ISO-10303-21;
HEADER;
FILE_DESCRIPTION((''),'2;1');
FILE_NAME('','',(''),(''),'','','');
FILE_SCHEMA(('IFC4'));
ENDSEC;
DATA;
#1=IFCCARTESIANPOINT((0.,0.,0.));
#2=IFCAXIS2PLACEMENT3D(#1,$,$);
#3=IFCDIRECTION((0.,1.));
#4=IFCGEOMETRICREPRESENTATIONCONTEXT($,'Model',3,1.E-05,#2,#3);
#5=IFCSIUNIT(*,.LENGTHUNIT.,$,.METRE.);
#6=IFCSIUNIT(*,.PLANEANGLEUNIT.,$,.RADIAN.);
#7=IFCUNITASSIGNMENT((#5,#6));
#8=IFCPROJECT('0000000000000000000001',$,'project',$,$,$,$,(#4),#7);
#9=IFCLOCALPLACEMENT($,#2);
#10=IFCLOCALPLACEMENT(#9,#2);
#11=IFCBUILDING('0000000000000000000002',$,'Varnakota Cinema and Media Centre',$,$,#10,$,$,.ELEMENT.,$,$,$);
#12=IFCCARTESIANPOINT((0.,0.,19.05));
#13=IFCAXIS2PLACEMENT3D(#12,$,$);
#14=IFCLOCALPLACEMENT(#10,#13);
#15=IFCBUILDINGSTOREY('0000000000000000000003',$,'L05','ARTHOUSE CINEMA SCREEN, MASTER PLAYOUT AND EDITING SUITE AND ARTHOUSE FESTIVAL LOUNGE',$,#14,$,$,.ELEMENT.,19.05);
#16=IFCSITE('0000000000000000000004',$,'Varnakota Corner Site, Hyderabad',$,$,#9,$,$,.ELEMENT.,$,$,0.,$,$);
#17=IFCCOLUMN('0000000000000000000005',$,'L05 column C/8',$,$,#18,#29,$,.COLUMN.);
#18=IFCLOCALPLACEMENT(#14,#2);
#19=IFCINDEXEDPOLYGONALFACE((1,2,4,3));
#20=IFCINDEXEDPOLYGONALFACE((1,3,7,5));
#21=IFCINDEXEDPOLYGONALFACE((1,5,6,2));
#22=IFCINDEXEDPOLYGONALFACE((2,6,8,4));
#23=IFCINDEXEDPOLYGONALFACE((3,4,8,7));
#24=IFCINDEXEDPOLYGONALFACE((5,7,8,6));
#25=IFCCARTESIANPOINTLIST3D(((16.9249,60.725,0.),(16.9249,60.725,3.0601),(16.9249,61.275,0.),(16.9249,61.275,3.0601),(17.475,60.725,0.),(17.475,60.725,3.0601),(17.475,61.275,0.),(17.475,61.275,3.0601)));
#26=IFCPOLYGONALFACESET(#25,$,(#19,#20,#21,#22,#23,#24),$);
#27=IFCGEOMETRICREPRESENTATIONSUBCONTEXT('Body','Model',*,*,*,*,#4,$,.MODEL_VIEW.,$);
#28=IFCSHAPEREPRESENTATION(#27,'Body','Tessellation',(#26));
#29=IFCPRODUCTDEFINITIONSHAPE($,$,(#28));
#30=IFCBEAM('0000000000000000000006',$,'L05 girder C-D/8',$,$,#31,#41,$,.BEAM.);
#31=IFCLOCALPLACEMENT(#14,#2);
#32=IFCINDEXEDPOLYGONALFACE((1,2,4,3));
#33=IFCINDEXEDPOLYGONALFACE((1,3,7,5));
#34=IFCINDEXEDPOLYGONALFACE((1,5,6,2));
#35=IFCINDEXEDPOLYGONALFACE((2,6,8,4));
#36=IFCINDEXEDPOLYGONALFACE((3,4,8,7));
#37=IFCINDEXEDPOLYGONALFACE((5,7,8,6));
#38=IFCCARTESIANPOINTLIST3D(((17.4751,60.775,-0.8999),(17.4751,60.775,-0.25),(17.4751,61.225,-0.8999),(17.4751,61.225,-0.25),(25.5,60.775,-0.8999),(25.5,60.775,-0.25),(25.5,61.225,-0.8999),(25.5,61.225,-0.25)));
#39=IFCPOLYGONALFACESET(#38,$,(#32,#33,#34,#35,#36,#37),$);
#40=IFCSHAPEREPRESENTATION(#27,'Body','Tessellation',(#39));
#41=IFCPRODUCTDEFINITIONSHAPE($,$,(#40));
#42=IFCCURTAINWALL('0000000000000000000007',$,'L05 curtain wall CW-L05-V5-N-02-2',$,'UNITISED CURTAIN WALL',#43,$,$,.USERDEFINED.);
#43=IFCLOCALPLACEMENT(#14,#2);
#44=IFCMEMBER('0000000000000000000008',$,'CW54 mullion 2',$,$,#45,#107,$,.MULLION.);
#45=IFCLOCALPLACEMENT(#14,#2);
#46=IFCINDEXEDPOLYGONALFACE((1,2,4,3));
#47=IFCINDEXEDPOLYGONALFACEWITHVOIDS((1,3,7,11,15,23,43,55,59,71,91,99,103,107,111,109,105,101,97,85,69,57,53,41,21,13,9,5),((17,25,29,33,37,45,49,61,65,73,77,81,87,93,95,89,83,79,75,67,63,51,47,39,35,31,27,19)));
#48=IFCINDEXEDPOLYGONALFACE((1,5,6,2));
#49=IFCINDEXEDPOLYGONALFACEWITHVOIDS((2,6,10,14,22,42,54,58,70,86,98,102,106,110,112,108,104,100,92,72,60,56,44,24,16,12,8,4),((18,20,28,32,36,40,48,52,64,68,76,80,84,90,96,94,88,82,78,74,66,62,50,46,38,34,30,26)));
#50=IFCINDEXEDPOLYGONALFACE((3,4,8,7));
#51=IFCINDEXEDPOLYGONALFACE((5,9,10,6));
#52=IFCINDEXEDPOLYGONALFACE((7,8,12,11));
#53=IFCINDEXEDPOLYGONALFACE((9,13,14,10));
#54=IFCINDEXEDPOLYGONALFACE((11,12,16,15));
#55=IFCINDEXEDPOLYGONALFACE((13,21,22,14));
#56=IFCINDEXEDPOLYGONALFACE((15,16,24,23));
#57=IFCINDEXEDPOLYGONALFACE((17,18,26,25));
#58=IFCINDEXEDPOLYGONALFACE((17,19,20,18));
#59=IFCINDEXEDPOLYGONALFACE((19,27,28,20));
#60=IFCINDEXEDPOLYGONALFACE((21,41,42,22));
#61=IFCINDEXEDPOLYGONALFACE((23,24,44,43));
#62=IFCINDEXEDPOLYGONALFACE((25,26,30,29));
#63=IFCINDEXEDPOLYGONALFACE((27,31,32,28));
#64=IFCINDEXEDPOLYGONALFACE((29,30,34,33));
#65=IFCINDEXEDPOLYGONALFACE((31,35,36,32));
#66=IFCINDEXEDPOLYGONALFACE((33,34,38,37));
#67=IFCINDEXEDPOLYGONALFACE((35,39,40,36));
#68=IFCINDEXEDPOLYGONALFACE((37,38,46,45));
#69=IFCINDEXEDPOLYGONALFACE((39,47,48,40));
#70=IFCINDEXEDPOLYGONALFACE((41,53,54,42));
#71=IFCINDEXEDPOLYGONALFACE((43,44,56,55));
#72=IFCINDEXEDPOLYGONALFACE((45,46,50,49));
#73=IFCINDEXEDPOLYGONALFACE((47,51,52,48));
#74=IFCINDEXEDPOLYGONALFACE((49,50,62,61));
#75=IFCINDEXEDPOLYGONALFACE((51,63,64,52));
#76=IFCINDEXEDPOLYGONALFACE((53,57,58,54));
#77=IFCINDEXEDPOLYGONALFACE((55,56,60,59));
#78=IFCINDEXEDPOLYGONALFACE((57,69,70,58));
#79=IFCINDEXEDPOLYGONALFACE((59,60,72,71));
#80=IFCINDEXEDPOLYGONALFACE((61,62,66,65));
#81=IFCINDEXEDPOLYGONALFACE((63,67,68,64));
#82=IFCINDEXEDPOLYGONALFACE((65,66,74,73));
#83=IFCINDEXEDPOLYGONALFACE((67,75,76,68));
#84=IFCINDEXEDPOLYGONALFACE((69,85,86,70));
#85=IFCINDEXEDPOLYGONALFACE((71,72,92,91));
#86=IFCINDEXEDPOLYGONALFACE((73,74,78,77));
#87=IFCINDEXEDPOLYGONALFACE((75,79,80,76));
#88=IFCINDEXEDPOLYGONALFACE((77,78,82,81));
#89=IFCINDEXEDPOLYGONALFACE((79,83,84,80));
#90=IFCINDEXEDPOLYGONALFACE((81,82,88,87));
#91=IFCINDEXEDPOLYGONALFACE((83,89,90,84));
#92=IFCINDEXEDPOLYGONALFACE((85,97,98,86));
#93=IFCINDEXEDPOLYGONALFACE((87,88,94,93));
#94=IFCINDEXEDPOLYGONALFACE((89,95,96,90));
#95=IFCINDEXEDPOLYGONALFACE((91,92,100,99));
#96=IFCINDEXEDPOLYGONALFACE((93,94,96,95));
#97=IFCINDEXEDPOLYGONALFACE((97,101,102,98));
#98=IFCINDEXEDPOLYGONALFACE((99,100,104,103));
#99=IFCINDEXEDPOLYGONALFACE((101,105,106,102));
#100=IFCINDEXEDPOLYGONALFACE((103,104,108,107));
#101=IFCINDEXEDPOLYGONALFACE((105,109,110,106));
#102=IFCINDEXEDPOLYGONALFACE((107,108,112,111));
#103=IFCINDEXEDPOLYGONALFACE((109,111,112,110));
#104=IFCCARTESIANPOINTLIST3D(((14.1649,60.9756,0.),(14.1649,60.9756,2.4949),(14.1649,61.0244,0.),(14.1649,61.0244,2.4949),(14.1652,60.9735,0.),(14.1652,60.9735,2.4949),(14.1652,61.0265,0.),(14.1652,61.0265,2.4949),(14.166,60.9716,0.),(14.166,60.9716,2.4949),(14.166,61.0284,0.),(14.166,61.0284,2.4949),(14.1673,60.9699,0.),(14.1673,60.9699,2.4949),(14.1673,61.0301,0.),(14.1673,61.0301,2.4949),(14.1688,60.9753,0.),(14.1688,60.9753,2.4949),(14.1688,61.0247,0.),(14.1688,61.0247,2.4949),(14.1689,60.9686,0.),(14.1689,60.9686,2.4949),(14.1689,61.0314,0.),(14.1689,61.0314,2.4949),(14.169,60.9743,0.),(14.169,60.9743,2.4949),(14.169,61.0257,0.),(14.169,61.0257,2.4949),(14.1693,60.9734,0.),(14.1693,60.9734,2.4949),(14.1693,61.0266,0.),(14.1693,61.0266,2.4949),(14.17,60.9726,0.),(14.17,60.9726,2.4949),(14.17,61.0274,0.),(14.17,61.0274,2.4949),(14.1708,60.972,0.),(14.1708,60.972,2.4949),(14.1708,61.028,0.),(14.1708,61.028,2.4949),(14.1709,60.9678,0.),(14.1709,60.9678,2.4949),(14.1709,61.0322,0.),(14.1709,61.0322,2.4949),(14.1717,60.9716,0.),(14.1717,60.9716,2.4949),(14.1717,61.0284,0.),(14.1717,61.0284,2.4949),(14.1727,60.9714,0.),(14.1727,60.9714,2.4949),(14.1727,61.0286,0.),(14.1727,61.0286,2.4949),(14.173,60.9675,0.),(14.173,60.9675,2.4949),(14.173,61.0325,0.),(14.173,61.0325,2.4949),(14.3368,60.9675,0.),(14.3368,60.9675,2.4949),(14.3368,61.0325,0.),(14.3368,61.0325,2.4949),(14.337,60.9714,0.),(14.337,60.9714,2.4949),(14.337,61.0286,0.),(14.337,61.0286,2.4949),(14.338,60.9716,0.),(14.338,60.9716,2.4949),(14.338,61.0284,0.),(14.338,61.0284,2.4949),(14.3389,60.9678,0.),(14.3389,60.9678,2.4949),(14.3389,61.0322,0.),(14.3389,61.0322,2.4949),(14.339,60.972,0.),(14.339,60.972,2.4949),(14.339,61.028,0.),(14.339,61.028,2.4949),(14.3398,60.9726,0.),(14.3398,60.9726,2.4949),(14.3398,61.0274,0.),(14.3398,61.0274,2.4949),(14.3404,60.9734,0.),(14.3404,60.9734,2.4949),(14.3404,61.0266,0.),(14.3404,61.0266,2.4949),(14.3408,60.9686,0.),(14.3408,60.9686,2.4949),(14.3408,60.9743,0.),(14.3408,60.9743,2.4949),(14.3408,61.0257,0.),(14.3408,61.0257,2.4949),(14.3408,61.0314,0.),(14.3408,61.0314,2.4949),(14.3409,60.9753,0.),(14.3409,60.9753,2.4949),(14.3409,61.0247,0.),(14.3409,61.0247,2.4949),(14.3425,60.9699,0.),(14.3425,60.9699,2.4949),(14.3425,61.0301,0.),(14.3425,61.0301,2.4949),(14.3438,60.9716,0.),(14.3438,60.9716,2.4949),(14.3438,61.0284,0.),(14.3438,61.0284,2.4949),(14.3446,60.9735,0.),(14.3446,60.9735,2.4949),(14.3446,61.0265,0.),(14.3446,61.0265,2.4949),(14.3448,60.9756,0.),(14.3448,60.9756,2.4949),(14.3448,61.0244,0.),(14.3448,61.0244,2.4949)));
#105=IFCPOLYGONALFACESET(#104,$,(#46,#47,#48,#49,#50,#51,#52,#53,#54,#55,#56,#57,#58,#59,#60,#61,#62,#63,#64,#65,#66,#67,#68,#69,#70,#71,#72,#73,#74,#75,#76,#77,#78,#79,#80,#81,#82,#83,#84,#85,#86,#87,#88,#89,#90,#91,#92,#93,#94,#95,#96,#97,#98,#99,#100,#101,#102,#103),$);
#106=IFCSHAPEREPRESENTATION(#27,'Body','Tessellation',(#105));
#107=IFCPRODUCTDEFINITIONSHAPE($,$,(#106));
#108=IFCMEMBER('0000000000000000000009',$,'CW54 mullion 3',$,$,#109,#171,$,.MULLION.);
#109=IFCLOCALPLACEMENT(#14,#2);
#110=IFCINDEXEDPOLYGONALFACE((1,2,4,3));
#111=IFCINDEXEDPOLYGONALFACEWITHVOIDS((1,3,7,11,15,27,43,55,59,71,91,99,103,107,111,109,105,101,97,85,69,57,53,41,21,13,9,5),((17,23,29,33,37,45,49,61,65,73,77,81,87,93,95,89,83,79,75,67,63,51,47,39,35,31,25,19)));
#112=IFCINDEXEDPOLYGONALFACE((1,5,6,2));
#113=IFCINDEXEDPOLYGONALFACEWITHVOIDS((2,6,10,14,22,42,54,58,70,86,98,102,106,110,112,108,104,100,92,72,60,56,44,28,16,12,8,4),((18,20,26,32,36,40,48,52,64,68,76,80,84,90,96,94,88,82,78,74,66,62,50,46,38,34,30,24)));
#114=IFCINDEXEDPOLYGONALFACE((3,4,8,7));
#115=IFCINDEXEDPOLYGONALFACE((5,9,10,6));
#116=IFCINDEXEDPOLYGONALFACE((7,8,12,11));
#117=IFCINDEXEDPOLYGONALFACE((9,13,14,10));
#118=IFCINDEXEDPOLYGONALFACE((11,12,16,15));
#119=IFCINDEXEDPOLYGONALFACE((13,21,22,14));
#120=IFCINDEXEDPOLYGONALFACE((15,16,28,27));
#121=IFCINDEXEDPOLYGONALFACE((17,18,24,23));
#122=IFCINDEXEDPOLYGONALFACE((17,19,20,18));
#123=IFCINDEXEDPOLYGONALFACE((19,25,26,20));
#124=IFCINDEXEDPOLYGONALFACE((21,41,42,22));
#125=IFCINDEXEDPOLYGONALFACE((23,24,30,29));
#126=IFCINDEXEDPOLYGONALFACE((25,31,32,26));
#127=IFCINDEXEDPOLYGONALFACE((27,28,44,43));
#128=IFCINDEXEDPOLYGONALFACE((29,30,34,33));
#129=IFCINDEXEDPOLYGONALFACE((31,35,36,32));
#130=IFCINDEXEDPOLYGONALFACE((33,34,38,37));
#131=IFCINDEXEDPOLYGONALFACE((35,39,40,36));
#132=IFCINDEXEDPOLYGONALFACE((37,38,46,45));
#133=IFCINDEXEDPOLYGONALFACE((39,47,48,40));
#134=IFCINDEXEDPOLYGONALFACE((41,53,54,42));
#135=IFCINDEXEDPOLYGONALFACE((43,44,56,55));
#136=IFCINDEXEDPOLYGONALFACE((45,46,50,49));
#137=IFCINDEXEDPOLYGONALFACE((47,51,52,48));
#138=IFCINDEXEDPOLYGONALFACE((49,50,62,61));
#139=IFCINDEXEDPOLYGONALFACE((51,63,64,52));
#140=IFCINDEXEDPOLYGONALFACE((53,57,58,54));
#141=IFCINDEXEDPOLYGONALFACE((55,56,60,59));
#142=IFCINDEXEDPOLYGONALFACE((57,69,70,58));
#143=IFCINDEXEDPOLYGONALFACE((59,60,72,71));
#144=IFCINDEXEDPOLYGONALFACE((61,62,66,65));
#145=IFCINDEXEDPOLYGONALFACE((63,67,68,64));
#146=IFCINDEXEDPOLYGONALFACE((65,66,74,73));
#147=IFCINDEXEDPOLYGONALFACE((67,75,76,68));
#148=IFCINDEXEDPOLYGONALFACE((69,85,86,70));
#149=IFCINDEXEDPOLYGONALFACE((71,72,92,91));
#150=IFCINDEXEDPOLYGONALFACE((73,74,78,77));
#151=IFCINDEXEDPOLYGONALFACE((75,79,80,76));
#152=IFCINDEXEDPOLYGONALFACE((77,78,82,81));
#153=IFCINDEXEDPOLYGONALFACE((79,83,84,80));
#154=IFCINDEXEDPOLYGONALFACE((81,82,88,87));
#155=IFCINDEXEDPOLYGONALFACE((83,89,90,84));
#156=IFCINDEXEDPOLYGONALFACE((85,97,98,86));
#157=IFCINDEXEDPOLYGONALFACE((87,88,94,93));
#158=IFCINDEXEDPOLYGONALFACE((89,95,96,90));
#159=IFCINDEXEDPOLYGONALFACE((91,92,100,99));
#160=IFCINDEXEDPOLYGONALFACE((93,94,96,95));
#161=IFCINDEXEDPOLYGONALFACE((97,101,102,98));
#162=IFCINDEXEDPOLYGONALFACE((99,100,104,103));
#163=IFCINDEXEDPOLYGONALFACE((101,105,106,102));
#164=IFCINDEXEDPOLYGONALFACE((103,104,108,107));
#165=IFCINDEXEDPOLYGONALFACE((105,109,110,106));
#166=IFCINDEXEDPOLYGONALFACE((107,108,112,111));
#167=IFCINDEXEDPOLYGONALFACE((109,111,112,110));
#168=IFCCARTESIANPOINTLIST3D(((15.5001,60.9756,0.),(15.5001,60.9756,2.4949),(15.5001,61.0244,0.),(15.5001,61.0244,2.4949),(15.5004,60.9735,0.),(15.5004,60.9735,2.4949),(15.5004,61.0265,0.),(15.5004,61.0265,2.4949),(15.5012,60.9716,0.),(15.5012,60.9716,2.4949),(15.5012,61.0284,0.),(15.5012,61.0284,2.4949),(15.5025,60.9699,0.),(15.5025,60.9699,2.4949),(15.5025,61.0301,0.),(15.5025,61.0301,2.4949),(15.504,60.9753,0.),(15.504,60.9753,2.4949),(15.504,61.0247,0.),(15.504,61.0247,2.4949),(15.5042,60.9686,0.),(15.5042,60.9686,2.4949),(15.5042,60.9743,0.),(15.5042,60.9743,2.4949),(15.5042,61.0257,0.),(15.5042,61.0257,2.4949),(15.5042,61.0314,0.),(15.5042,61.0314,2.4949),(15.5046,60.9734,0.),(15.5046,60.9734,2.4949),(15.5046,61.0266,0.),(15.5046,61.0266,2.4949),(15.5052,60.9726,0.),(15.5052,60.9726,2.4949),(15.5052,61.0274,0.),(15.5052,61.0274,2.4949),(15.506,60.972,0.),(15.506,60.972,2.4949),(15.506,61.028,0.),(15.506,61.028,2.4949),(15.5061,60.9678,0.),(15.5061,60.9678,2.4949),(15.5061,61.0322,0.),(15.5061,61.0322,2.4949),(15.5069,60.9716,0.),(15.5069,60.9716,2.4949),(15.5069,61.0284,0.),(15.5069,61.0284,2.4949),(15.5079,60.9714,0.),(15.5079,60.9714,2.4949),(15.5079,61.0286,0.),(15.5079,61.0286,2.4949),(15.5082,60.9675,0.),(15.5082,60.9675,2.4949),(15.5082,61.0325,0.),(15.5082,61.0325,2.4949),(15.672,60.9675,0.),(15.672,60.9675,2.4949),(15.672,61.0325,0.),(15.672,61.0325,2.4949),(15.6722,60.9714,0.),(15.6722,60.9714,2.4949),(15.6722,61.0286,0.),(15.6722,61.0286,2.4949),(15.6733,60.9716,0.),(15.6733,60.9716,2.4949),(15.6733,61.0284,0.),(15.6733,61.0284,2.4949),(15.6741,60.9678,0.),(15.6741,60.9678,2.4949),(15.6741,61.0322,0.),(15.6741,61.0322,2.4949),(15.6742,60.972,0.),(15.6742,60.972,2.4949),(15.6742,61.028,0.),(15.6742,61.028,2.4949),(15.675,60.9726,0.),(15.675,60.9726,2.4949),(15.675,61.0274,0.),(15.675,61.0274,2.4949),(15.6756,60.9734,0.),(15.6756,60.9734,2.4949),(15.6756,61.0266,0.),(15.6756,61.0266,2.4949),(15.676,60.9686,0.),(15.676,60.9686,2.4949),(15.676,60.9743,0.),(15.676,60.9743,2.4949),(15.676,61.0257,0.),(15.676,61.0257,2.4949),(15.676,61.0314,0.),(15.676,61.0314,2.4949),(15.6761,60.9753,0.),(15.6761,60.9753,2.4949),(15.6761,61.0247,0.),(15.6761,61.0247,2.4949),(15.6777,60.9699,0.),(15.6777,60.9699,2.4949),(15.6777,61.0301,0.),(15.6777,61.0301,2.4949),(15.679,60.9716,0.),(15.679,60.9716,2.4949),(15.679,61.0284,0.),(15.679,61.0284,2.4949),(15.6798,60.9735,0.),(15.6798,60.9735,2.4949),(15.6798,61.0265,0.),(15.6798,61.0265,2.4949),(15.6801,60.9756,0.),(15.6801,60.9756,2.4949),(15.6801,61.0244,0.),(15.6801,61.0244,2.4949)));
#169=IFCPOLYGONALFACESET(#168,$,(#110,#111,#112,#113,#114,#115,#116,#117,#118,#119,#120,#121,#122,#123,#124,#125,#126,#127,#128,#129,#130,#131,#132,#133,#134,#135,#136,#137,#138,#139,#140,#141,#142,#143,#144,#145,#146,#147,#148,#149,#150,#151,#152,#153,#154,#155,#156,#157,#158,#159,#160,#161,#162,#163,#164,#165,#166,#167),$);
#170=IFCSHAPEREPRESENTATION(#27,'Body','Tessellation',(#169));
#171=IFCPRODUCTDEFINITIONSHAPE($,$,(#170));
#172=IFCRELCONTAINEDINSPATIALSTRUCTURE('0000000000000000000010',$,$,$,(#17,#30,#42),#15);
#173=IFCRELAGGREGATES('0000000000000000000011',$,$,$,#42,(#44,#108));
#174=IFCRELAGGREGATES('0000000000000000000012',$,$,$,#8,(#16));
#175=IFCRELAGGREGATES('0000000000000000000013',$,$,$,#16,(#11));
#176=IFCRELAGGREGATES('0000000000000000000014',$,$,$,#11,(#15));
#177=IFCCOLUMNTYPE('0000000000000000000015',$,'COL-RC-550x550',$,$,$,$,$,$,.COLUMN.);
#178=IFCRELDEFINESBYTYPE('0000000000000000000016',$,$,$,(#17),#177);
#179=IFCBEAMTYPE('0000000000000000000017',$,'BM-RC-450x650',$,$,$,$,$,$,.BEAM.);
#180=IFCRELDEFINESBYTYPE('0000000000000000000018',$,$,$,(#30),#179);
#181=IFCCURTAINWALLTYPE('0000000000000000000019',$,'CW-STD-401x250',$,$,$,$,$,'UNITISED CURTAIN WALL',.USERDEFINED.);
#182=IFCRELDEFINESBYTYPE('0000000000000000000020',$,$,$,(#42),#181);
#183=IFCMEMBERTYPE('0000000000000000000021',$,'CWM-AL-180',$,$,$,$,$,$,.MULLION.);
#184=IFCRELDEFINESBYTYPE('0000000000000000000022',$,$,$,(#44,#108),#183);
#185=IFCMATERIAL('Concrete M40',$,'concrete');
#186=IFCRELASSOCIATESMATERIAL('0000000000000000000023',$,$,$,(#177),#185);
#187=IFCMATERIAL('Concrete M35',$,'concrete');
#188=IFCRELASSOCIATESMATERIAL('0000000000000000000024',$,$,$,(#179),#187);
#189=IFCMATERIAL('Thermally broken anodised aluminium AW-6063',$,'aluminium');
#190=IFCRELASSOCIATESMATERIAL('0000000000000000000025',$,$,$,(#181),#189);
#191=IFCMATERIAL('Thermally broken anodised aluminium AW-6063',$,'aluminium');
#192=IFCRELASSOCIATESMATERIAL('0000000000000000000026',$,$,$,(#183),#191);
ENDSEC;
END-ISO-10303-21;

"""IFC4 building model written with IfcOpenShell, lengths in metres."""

from ifc_helpers import new_model, si_unit, direction, frame, origin, origin_2d, place, context, subcontext, project, spatial, rectangle, hollow_rectangle, extrude, material, material_profile, profile_set, type_object, element, aggregate, save


model = new_model("IFC4")

# Units and contexts
model_context = context("Model", 3, precision=1e-05, world=origin(), true_north=direction((0.0, 1.0)))
body_context = subcontext(model_context, "Body", "Model", "MODEL_VIEW")
ifc_project = project(units=[si_unit("LENGTHUNIT", "METRE"), si_unit("PLANEANGLEUNIT", "RADIAN")], contexts=[model_context])

# Site, building, storey
site_placement = place(None, origin())
site = spatial("IfcSite", under=ifc_project, at=site_placement, Name="Varnakota Corner Site, Hyderabad", CompositionType="ELEMENT", RefElevation=0.0)
building_placement = place(site_placement, origin())
building = spatial("IfcBuilding", under=site, at=building_placement, Name="Varnakota Cinema and Media Centre", CompositionType="ELEMENT")
storey_placement = place(building_placement, frame((0.0, 0.0, 19.05)))
storey = spatial("IfcBuildingStorey", under=building, at=storey_placement, Name="L05", Description="ARTHOUSE CINEMA SCREEN, MASTER PLAYOUT AND EDITING SUITE AND ARTHOUSE FESTIVAL LOUNGE", CompositionType="ELEMENT", Elevation=19.05)

# Column
ifc_material_1 = material(Name="Concrete M40", Category="concrete")
ifc_material_profile_1 = material_profile(ifc_material_1, rectangle(XDim=0.55, YDim=0.55, at=origin_2d()), Name="RC 550x550")
ifc_profile_set_1 = profile_set([ifc_material_profile_1], Name="Concrete M40")
column_type = type_object("IfcColumnType", Name="COL-RC-550x550", PredefinedType="COLUMN", material=ifc_profile_set_1)
column_placement = place(storey_placement, frame((17.2, 61.0, 0.0), z_axis=(0.0, 0.0, 1.0), x_axis=(1.0, 0.0, 0.0)))
element("IfcColumn", 1, at=column_placement, inside=storey, type_object=column_type, Name="L05 column C/8", PredefinedType="COLUMN", context=body_context, shape_type="SweptSolid", body=[
    extrude(rectangle(XDim=0.55, YDim=0.55, at=origin_2d()), origin(), (0.0, 0.0, 1.0), 3.0601),
])

# Beam
ifc_material_2 = material(Name="Concrete M35", Category="concrete")
ifc_material_profile_2 = material_profile(ifc_material_2, rectangle(XDim=0.45, YDim=0.6499, at=origin_2d()), Name="RCB 450x650")
ifc_profile_set_2 = profile_set([ifc_material_profile_2], Name="Concrete M35")
beam_type = type_object("IfcBeamType", Name="BM-RC-450x650", PredefinedType="BEAM", material=ifc_profile_set_2)
beam_placement = place(storey_placement, frame((17.4751, 61.0, -0.575), z_axis=(1.0, 0.0, 0.0), x_axis=(0.0, 1.0, 0.0)))
element("IfcBeam", 2, at=beam_placement, inside=storey, type_object=beam_type, Name="L05 girder C-D/8", PredefinedType="BEAM", context=body_context, shape_type="SweptSolid", body=[
    extrude(rectangle(XDim=0.45, YDim=0.6499, at=origin_2d()), origin(), (0.0, 0.0, 1.0), 8.0249),
])

# Curtain wall, members
ifc_material_3 = material(Name="Thermally broken anodised aluminium AW-6063", Category="aluminium")
curtain_wall_type = type_object("IfcCurtainWallType", Name="CW-STD-401x250", ElementType="UNITISED CURTAIN WALL", PredefinedType="USERDEFINED", material=ifc_material_3)
curtain_wall_placement = place(storey_placement, origin())
curtain_wall = element("IfcCurtainWall", 3, at=curtain_wall_placement, inside=storey, type_object=curtain_wall_type, Name="L05 curtain wall CW-L05-V5-N-02-2", ObjectType="UNITISED CURTAIN WALL", PredefinedType="USERDEFINED")
ifc_material_4 = material(Name="Thermally broken anodised aluminium AW-6063", Category="aluminium")
ifc_material_profile_3 = material_profile(ifc_material_4, hollow_rectangle(XDim=0.0649, YDim=0.1799, WallThickness=0.0039, InnerFilletRadius=0.0039, OuterFilletRadius=0.0081, at=origin_2d()), Name="AL-MULLION 180x65x4")
ifc_profile_set_3 = profile_set([ifc_material_profile_3], Name="Thermally broken anodised aluminium AW-6063")
member_type_1 = type_object("IfcMemberType", Name="CWM-AL-180", PredefinedType="MULLION", material=ifc_profile_set_3)
member_1_placement = place(storey_placement, frame((14.2549, 61.0, 0.0), z_axis=(0.0, 0.0, 1.0), x_axis=(0.0, 1.0, 0.0)))
member_1 = element("IfcMember", 4, at=member_1_placement, type_object=member_type_1, Name="CW54 mullion 2", PredefinedType="MULLION", context=body_context, shape_type="SweptSolid", body=[
    extrude(hollow_rectangle(XDim=0.0649, YDim=0.1799, WallThickness=0.0039, InnerFilletRadius=0.0039, OuterFilletRadius=0.0081, at=origin_2d()), origin(), (0.0, 0.0, 1.0), 2.4949),
])
member_2_placement = place(storey_placement, frame((15.5901, 61.0, 0.0), z_axis=(0.0, 0.0, 1.0), x_axis=(0.0, 1.0, 0.0)))
member_2 = element("IfcMember", 5, at=member_2_placement, type_object=member_type_1, Name="CW54 mullion 3", PredefinedType="MULLION", context=body_context, shape_type="SweptSolid", body=[
    extrude(hollow_rectangle(XDim=0.0649, YDim=0.1799, WallThickness=0.0039, InnerFilletRadius=0.0039, OuterFilletRadius=0.0081, at=origin_2d()), origin(), (0.0, 0.0, 1.0), 2.4949),
])
aggregate(curtain_wall, [member_1, member_2])

save(model, "model.ifc")
